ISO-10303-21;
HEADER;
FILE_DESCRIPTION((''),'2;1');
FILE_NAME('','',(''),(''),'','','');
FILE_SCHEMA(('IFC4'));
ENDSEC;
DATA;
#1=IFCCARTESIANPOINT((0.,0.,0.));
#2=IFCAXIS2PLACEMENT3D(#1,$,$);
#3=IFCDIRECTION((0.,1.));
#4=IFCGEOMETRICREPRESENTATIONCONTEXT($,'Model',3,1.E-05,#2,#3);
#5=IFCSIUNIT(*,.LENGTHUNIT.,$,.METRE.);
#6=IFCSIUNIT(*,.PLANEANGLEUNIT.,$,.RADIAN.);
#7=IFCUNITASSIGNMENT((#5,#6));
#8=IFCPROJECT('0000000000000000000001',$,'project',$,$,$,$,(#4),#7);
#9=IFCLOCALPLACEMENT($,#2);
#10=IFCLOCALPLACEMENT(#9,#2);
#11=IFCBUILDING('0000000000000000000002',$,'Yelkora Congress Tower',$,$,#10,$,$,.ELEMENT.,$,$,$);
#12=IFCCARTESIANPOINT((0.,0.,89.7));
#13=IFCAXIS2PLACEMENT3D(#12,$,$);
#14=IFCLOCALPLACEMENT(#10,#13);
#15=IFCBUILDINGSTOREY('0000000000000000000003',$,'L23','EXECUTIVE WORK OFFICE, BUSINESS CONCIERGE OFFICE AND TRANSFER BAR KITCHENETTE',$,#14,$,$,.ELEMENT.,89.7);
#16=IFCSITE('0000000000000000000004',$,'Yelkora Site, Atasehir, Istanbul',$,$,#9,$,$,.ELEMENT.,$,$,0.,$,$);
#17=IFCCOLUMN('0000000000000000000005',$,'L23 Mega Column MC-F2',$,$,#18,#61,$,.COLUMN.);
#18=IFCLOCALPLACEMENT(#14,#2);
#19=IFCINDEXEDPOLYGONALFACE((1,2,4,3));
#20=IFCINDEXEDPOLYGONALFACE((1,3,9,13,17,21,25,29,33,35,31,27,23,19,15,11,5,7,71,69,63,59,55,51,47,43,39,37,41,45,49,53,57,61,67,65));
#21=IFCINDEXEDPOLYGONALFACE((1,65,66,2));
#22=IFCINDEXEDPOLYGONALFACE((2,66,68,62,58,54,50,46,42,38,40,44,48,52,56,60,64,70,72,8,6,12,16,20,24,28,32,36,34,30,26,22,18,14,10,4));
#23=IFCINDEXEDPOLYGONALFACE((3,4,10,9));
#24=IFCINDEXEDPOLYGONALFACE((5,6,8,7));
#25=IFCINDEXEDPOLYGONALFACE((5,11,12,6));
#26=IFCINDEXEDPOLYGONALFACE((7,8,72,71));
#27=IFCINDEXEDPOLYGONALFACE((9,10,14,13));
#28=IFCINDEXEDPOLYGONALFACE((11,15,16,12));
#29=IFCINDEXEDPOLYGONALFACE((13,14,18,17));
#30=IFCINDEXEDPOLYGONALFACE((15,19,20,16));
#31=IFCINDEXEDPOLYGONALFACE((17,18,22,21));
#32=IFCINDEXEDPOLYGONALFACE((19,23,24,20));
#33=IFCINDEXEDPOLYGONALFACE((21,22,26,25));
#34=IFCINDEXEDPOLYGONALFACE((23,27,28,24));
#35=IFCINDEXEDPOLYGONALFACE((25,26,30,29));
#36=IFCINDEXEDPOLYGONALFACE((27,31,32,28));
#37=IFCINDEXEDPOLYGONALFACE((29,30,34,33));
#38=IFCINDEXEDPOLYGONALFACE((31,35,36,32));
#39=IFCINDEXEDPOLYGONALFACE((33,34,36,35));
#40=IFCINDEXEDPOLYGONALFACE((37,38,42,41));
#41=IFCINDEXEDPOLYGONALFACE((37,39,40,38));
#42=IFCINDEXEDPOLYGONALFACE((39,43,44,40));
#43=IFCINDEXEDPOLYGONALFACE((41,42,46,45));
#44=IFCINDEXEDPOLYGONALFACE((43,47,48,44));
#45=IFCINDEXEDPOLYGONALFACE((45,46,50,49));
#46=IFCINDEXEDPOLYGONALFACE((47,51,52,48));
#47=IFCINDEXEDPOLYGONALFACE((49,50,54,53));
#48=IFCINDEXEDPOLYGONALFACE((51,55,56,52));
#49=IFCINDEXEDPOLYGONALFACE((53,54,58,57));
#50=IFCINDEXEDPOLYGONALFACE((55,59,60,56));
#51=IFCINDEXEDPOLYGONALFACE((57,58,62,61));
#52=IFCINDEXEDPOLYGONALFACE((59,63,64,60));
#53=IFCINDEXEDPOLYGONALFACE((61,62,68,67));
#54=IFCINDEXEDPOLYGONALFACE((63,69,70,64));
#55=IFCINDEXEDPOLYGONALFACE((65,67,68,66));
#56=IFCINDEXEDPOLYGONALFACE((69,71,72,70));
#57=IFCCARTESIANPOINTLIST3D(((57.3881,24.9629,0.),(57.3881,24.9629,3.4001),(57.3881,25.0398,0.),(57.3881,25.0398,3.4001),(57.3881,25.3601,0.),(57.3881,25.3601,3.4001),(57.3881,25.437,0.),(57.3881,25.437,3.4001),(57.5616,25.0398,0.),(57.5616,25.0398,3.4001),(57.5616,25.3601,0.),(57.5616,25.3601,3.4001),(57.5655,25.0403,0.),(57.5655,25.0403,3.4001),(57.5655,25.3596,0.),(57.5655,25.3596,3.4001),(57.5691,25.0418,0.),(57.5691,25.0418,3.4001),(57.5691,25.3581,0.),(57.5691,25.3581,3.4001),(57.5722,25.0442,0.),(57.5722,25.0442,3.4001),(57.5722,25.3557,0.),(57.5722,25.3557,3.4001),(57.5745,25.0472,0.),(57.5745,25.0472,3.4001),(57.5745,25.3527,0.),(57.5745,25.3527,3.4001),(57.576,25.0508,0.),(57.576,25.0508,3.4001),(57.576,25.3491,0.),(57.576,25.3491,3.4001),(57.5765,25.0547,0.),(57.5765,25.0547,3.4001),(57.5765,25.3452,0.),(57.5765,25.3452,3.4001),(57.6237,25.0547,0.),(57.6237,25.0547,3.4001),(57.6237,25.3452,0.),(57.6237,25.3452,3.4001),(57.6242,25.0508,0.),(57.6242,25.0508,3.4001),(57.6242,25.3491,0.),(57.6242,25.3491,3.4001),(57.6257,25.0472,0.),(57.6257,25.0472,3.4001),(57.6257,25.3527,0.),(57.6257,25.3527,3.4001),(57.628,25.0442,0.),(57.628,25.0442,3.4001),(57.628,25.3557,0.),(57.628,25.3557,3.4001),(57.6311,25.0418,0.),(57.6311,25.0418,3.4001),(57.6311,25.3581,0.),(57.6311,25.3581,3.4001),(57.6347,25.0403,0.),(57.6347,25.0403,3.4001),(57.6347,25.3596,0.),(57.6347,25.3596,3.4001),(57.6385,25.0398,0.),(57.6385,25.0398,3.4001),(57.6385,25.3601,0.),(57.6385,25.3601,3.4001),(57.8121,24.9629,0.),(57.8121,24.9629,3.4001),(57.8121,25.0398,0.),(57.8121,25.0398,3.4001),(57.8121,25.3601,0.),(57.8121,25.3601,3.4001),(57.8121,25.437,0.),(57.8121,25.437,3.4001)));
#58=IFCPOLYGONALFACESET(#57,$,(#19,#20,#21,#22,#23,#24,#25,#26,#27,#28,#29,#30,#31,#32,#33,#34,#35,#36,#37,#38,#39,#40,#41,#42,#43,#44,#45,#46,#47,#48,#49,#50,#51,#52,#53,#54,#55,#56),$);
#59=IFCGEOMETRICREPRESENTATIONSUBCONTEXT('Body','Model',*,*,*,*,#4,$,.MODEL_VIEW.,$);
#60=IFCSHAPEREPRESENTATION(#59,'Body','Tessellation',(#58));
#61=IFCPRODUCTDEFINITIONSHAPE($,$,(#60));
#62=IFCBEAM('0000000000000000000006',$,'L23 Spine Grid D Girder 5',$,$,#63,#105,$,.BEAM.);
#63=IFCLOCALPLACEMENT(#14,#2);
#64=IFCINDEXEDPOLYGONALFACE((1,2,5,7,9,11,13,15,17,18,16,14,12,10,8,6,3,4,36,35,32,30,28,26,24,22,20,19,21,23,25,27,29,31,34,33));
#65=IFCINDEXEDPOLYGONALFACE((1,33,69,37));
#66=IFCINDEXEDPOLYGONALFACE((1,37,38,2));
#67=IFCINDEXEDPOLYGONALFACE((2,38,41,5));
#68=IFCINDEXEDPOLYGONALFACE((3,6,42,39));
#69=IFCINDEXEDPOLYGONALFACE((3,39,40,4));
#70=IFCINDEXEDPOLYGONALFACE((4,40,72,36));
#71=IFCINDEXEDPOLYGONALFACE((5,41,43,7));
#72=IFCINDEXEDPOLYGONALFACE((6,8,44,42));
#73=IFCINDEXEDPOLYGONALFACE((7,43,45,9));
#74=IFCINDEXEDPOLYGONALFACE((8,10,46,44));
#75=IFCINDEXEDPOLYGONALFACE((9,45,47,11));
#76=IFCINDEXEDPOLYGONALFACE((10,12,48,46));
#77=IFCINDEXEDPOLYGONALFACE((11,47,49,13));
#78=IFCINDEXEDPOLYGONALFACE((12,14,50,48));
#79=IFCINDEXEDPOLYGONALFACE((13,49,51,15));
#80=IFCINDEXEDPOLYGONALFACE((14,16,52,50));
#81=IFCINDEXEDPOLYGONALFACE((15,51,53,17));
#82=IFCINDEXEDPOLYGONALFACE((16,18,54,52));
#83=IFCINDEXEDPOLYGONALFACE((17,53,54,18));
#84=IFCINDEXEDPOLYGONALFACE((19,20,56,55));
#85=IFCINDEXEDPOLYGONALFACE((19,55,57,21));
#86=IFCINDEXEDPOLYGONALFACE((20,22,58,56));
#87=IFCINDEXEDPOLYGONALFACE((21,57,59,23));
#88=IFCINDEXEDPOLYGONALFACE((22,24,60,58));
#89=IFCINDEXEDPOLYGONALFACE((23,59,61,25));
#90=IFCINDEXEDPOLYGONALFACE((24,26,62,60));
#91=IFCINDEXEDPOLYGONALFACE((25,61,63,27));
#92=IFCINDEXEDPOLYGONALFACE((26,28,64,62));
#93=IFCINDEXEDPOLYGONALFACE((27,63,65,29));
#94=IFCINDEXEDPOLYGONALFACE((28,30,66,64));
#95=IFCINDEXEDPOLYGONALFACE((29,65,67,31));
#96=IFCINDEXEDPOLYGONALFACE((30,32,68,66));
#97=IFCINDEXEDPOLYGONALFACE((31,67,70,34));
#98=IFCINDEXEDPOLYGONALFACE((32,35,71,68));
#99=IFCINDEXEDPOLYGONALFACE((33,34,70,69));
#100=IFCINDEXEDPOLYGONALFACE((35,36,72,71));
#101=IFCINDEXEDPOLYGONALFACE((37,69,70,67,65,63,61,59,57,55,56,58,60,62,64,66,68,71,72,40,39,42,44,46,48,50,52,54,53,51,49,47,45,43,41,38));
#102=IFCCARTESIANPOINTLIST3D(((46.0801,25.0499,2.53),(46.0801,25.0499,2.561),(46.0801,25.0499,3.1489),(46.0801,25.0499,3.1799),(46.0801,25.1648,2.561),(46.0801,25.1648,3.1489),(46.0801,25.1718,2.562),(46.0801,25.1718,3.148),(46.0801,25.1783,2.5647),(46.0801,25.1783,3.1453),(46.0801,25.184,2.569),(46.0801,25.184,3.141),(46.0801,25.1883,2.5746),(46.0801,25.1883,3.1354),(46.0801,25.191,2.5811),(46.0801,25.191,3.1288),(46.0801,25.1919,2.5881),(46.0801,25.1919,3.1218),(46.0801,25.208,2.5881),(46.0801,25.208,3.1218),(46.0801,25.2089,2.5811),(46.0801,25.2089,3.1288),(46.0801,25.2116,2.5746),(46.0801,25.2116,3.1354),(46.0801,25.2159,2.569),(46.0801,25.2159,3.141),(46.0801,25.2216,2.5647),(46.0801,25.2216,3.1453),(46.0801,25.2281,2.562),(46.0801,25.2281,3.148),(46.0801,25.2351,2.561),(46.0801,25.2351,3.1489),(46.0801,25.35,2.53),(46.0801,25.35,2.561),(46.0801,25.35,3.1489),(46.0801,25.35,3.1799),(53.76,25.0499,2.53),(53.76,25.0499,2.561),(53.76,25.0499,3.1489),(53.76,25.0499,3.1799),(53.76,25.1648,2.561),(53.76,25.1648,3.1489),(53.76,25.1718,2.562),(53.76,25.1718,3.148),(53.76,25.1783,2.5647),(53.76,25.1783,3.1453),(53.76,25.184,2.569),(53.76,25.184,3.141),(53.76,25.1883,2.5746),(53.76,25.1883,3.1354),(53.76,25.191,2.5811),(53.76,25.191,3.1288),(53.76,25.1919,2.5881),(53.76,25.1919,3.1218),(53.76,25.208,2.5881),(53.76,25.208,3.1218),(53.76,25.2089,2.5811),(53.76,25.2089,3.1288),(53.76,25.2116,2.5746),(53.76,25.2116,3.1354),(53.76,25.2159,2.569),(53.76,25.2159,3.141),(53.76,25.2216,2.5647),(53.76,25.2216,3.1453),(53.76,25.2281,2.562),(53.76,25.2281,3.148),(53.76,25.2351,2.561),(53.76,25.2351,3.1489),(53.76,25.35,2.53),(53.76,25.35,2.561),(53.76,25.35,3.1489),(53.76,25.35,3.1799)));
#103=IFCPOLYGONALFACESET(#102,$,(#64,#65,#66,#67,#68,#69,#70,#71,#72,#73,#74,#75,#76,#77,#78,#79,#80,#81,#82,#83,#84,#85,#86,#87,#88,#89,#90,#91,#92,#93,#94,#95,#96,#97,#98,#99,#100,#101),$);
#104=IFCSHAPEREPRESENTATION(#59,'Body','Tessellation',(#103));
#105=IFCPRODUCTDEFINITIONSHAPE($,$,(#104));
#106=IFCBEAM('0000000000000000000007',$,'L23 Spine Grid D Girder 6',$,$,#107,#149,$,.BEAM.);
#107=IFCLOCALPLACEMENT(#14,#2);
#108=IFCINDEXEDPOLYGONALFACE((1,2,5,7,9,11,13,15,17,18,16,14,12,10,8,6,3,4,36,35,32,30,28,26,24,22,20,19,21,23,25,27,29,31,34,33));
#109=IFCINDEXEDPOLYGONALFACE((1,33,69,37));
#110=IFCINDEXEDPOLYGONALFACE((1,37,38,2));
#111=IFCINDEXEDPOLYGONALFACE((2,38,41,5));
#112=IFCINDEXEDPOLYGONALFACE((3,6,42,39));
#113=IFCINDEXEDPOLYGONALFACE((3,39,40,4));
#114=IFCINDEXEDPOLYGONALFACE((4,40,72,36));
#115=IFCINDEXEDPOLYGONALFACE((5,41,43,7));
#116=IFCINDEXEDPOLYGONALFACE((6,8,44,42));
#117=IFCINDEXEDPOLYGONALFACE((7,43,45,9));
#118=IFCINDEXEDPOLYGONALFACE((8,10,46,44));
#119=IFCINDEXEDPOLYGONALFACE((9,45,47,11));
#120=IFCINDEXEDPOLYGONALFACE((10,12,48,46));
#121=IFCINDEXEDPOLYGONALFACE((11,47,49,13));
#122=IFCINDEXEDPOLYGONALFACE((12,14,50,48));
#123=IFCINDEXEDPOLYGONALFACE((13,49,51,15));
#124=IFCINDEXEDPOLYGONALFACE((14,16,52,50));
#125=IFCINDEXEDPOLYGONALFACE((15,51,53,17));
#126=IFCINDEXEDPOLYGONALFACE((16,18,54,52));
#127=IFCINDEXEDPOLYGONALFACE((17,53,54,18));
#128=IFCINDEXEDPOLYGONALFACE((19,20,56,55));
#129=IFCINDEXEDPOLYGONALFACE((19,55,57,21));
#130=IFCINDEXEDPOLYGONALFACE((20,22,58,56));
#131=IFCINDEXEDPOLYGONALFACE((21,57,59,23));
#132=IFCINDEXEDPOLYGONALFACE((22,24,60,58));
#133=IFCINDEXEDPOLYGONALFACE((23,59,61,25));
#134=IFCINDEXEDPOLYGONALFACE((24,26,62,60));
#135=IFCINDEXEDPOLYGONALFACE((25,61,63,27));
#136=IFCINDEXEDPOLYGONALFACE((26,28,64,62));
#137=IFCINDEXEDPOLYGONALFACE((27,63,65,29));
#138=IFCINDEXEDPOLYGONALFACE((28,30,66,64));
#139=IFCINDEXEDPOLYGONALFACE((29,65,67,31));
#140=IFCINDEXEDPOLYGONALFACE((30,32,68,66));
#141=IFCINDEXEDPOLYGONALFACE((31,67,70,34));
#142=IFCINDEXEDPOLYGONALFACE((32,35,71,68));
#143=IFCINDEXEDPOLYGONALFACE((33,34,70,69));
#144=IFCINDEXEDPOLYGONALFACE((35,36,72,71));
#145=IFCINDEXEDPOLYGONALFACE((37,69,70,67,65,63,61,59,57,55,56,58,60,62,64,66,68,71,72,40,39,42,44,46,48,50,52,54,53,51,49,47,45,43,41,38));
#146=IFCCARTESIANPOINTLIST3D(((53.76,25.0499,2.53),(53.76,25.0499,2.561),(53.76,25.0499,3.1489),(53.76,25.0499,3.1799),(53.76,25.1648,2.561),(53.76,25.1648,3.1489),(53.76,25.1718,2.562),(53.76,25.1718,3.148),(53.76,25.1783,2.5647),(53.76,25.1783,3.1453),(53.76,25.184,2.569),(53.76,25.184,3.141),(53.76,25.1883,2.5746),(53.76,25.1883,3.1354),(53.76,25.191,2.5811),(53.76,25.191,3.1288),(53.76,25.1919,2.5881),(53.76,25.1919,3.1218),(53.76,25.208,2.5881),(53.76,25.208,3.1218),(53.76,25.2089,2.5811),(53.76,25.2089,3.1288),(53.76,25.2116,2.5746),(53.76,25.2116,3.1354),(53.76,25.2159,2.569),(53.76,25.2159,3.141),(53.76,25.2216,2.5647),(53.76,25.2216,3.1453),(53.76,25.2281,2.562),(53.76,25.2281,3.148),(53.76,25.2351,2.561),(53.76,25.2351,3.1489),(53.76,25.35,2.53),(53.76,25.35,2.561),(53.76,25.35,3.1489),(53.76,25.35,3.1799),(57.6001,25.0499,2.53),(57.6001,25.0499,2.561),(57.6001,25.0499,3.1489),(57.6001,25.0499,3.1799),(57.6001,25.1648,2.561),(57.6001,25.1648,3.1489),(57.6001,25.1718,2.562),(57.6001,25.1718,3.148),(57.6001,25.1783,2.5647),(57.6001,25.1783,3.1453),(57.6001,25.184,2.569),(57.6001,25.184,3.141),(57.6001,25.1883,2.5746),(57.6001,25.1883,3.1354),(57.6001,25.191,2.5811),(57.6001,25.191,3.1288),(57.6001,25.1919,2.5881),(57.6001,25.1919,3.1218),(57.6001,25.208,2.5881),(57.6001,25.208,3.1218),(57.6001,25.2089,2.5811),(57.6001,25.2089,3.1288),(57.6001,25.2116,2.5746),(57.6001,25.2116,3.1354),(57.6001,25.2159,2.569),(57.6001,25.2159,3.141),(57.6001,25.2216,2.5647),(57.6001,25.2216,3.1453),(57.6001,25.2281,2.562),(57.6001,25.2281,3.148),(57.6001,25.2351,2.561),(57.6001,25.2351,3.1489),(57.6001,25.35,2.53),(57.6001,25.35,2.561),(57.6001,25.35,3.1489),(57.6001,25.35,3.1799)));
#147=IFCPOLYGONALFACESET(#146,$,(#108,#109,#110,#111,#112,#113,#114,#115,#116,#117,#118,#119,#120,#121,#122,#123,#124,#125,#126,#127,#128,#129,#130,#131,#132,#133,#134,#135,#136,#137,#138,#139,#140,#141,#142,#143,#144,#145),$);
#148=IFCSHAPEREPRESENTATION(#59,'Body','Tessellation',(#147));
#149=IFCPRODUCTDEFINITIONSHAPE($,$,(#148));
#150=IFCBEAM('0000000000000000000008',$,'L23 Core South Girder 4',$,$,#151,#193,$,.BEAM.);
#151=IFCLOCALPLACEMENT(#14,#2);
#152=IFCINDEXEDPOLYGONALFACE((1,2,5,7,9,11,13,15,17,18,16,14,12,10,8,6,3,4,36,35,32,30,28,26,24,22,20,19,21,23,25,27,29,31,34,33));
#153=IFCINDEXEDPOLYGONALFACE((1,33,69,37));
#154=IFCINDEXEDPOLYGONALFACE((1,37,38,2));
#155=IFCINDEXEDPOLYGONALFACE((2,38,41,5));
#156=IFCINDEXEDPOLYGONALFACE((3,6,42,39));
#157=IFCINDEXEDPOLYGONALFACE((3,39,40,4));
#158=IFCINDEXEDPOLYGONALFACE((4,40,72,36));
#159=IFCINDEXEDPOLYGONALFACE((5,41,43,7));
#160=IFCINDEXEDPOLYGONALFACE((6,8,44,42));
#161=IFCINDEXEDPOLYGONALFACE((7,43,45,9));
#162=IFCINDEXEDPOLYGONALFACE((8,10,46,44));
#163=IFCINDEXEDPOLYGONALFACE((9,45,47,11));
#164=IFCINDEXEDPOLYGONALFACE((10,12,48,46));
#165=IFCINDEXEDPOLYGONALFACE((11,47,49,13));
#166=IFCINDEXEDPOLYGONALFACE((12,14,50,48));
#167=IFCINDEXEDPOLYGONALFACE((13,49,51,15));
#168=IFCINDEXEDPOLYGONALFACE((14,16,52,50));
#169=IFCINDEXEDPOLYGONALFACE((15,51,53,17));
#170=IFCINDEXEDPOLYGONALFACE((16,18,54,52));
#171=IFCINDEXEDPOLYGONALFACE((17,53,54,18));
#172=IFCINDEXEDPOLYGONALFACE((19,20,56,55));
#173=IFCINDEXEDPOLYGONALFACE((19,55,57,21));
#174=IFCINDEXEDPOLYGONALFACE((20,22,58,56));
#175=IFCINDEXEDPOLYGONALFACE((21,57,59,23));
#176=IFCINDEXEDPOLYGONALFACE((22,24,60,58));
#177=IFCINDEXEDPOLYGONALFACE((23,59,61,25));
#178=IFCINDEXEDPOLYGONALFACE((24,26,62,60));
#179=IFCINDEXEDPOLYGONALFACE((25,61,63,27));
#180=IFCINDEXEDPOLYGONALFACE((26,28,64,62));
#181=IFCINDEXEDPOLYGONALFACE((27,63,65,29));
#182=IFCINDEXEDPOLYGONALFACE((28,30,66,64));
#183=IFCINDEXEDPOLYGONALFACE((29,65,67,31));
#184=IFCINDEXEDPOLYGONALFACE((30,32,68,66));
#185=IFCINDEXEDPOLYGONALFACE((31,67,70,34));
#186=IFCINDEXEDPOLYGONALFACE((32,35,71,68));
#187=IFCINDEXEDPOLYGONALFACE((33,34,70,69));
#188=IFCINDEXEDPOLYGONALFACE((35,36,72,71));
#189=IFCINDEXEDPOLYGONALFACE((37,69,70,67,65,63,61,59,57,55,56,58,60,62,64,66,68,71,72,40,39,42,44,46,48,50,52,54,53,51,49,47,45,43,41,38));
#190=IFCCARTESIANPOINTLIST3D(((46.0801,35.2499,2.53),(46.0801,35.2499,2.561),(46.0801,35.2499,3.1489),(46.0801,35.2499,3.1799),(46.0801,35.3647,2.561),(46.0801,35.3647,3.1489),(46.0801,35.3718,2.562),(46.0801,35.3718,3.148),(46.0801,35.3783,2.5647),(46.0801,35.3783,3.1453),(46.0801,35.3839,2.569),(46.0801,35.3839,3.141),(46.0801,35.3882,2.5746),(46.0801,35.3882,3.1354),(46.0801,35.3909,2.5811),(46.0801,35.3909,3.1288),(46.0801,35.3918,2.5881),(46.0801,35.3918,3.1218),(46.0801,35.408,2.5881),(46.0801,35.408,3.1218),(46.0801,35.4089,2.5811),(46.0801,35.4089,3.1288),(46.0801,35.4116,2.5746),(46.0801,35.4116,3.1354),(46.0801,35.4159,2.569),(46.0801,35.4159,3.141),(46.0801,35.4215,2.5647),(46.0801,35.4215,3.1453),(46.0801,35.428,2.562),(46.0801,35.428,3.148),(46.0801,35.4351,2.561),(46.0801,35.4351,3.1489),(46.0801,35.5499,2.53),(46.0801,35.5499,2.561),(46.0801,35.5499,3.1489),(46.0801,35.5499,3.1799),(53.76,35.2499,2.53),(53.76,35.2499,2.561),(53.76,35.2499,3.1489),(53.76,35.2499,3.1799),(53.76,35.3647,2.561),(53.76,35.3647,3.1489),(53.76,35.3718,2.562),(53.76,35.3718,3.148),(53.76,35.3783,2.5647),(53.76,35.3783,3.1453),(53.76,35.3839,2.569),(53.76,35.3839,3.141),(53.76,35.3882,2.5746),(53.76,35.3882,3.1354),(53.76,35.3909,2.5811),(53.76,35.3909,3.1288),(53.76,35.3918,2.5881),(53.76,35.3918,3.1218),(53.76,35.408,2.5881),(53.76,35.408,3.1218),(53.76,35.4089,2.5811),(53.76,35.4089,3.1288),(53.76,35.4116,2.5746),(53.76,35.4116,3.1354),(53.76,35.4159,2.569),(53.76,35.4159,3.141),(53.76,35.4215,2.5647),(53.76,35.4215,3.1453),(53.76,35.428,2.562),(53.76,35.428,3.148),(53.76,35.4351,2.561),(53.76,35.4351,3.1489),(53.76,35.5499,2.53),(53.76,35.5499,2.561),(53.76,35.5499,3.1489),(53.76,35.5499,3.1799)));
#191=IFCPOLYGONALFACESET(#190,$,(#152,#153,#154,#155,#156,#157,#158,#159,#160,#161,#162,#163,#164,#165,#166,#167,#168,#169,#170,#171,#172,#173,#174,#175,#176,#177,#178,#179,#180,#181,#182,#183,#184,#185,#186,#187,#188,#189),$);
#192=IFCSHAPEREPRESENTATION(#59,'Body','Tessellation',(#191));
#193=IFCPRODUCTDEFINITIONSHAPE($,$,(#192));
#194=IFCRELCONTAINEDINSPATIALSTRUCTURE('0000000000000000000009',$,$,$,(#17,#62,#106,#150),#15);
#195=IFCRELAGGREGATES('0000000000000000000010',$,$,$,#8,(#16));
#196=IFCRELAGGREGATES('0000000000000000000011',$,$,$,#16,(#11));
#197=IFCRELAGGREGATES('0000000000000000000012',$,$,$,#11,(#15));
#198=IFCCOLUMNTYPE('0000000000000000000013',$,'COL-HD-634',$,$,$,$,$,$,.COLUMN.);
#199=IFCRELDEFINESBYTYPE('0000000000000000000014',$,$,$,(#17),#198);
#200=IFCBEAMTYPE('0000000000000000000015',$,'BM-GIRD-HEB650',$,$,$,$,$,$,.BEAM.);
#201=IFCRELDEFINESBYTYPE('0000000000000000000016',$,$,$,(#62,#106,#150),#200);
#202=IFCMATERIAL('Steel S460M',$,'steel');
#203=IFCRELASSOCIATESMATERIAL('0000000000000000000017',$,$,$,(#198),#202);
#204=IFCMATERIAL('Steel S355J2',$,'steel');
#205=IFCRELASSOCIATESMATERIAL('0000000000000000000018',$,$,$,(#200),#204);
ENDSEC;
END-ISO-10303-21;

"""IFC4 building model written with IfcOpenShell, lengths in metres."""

from ifc_helpers import new_model, si_unit, direction, frame, origin, origin_2d, place, context, subcontext, project, spatial, i_section, extrude, material, material_profile, profile_set, type_object, element, save


model = new_model("IFC4")

# Units and contexts
model_context = context("Model", 3, precision=1e-05, world=origin(), true_north=direction((0.0, 1.0)))
body_context = subcontext(model_context, "Body", "Model", "MODEL_VIEW")
ifc_project = project(units=[si_unit("LENGTHUNIT", "METRE"), si_unit("PLANEANGLEUNIT", "RADIAN")], contexts=[model_context])

# Site, building, storey
site_placement = place(None, origin())
site = spatial("IfcSite", under=ifc_project, at=site_placement, Name="Yelkora Site, Atasehir, Istanbul", CompositionType="ELEMENT", RefElevation=0.0)
building_placement = place(site_placement, origin())
building = spatial("IfcBuilding", under=site, at=building_placement, Name="Yelkora Congress Tower", CompositionType="ELEMENT")
storey_placement = place(building_placement, frame((0.0, 0.0, 89.7)))
storey = spatial("IfcBuildingStorey", under=building, at=storey_placement, Name="L23", Description="EXECUTIVE WORK OFFICE, BUSINESS CONCIERGE OFFICE AND TRANSFER BAR KITCHENETTE", CompositionType="ELEMENT", Elevation=89.7)

# Column
ifc_material_1 = material(Name="Steel S460M", Category="steel")
ifc_material_profile_1 = material_profile(ifc_material_1, i_section(OverallWidth=0.4241, OverallDepth=0.4741, WebThickness=0.0471, FlangeThickness=0.0769, FilletRadius=0.0149, at=origin_2d()), Name="HD 400x634")
ifc_profile_set_1 = profile_set([ifc_material_profile_1], Name="Steel S460M")
column_type_1 = type_object("IfcColumnType", Name="COL-HD-634", PredefinedType="COLUMN", material=ifc_profile_set_1)
for number, where, z_axis, x_axis, name in (
    (1, (57.6001, 25.2, 0.0), (0.0, 0.0, 1.0), (1.0, 0.0, 0.0), "L23 Mega Column MC-F2"),
):
    element("IfcColumn", number, at=place(storey_placement, frame(where, z_axis=z_axis, x_axis=x_axis)), inside=storey, type_object=column_type_1, Name=name, PredefinedType="COLUMN", context=body_context, shape_type="SweptSolid", body=[
        extrude(i_section(OverallWidth=0.4241, OverallDepth=0.4741, WebThickness=0.0471, FlangeThickness=0.0769, FilletRadius=0.0149, at=origin_2d()), origin(), (0.0, 0.0, 1.0), 3.4001),
    ])

# Beams
ifc_material_2 = material(Name="Steel S355J2", Category="steel")
ifc_material_profile_2 = material_profile(ifc_material_2, i_section(OverallWidth=0.3, OverallDepth=0.6499, WebThickness=0.0161, FlangeThickness=0.031, FilletRadius=0.0271, at=origin_2d()), Name="HEB 650")
ifc_profile_set_2 = profile_set([ifc_material_profile_2], Name="Steel S355J2")
beam_type_1 = type_object("IfcBeamType", Name="BM-GIRD-HEB650", PredefinedType="BEAM", material=ifc_profile_set_2)
beam_1_placement = place(storey_placement, frame((46.0801, 25.2, 2.855), z_axis=(1.0, 0.0, 0.0), x_axis=(0.0, 1.0, 0.0)))
element("IfcBeam", 2, at=beam_1_placement, inside=storey, type_object=beam_type_1, Name="L23 Spine Grid D Girder 5", PredefinedType="BEAM", context=body_context, shape_type="SweptSolid", body=[
    extrude(i_section(OverallWidth=0.3, OverallDepth=0.6499, WebThickness=0.0161, FlangeThickness=0.031, FilletRadius=0.0271, at=origin_2d()), origin(), (0.0, 0.0, 1.0), 7.6799),
])
beam_2_placement = place(storey_placement, frame((53.76, 25.2, 2.855), z_axis=(1.0, 0.0, 0.0), x_axis=(0.0, 1.0, 0.0)))
element("IfcBeam", 3, at=beam_2_placement, inside=storey, type_object=beam_type_1, Name="L23 Spine Grid D Girder 6", PredefinedType="BEAM", context=body_context, shape_type="SweptSolid", body=[
    extrude(i_section(OverallWidth=0.3, OverallDepth=0.6499, WebThickness=0.0161, FlangeThickness=0.031, FilletRadius=0.0271, at=origin_2d()), origin(), (0.0, 0.0, 1.0), 3.8401),
])
beam_3_placement = place(storey_placement, frame((46.0801, 35.3999, 2.855), z_axis=(1.0, 0.0, 0.0), x_axis=(0.0, 1.0, 0.0)))
element("IfcBeam", 4, at=beam_3_placement, inside=storey, type_object=beam_type_1, Name="L23 Core South Girder 4", PredefinedType="BEAM", context=body_context, shape_type="SweptSolid", body=[
    extrude(i_section(OverallWidth=0.3, OverallDepth=0.6499, WebThickness=0.0161, FlangeThickness=0.031, FilletRadius=0.0271, at=origin_2d()), origin(), (0.0, 0.0, 1.0), 7.6799),
])

save(model, "model.ifc")
